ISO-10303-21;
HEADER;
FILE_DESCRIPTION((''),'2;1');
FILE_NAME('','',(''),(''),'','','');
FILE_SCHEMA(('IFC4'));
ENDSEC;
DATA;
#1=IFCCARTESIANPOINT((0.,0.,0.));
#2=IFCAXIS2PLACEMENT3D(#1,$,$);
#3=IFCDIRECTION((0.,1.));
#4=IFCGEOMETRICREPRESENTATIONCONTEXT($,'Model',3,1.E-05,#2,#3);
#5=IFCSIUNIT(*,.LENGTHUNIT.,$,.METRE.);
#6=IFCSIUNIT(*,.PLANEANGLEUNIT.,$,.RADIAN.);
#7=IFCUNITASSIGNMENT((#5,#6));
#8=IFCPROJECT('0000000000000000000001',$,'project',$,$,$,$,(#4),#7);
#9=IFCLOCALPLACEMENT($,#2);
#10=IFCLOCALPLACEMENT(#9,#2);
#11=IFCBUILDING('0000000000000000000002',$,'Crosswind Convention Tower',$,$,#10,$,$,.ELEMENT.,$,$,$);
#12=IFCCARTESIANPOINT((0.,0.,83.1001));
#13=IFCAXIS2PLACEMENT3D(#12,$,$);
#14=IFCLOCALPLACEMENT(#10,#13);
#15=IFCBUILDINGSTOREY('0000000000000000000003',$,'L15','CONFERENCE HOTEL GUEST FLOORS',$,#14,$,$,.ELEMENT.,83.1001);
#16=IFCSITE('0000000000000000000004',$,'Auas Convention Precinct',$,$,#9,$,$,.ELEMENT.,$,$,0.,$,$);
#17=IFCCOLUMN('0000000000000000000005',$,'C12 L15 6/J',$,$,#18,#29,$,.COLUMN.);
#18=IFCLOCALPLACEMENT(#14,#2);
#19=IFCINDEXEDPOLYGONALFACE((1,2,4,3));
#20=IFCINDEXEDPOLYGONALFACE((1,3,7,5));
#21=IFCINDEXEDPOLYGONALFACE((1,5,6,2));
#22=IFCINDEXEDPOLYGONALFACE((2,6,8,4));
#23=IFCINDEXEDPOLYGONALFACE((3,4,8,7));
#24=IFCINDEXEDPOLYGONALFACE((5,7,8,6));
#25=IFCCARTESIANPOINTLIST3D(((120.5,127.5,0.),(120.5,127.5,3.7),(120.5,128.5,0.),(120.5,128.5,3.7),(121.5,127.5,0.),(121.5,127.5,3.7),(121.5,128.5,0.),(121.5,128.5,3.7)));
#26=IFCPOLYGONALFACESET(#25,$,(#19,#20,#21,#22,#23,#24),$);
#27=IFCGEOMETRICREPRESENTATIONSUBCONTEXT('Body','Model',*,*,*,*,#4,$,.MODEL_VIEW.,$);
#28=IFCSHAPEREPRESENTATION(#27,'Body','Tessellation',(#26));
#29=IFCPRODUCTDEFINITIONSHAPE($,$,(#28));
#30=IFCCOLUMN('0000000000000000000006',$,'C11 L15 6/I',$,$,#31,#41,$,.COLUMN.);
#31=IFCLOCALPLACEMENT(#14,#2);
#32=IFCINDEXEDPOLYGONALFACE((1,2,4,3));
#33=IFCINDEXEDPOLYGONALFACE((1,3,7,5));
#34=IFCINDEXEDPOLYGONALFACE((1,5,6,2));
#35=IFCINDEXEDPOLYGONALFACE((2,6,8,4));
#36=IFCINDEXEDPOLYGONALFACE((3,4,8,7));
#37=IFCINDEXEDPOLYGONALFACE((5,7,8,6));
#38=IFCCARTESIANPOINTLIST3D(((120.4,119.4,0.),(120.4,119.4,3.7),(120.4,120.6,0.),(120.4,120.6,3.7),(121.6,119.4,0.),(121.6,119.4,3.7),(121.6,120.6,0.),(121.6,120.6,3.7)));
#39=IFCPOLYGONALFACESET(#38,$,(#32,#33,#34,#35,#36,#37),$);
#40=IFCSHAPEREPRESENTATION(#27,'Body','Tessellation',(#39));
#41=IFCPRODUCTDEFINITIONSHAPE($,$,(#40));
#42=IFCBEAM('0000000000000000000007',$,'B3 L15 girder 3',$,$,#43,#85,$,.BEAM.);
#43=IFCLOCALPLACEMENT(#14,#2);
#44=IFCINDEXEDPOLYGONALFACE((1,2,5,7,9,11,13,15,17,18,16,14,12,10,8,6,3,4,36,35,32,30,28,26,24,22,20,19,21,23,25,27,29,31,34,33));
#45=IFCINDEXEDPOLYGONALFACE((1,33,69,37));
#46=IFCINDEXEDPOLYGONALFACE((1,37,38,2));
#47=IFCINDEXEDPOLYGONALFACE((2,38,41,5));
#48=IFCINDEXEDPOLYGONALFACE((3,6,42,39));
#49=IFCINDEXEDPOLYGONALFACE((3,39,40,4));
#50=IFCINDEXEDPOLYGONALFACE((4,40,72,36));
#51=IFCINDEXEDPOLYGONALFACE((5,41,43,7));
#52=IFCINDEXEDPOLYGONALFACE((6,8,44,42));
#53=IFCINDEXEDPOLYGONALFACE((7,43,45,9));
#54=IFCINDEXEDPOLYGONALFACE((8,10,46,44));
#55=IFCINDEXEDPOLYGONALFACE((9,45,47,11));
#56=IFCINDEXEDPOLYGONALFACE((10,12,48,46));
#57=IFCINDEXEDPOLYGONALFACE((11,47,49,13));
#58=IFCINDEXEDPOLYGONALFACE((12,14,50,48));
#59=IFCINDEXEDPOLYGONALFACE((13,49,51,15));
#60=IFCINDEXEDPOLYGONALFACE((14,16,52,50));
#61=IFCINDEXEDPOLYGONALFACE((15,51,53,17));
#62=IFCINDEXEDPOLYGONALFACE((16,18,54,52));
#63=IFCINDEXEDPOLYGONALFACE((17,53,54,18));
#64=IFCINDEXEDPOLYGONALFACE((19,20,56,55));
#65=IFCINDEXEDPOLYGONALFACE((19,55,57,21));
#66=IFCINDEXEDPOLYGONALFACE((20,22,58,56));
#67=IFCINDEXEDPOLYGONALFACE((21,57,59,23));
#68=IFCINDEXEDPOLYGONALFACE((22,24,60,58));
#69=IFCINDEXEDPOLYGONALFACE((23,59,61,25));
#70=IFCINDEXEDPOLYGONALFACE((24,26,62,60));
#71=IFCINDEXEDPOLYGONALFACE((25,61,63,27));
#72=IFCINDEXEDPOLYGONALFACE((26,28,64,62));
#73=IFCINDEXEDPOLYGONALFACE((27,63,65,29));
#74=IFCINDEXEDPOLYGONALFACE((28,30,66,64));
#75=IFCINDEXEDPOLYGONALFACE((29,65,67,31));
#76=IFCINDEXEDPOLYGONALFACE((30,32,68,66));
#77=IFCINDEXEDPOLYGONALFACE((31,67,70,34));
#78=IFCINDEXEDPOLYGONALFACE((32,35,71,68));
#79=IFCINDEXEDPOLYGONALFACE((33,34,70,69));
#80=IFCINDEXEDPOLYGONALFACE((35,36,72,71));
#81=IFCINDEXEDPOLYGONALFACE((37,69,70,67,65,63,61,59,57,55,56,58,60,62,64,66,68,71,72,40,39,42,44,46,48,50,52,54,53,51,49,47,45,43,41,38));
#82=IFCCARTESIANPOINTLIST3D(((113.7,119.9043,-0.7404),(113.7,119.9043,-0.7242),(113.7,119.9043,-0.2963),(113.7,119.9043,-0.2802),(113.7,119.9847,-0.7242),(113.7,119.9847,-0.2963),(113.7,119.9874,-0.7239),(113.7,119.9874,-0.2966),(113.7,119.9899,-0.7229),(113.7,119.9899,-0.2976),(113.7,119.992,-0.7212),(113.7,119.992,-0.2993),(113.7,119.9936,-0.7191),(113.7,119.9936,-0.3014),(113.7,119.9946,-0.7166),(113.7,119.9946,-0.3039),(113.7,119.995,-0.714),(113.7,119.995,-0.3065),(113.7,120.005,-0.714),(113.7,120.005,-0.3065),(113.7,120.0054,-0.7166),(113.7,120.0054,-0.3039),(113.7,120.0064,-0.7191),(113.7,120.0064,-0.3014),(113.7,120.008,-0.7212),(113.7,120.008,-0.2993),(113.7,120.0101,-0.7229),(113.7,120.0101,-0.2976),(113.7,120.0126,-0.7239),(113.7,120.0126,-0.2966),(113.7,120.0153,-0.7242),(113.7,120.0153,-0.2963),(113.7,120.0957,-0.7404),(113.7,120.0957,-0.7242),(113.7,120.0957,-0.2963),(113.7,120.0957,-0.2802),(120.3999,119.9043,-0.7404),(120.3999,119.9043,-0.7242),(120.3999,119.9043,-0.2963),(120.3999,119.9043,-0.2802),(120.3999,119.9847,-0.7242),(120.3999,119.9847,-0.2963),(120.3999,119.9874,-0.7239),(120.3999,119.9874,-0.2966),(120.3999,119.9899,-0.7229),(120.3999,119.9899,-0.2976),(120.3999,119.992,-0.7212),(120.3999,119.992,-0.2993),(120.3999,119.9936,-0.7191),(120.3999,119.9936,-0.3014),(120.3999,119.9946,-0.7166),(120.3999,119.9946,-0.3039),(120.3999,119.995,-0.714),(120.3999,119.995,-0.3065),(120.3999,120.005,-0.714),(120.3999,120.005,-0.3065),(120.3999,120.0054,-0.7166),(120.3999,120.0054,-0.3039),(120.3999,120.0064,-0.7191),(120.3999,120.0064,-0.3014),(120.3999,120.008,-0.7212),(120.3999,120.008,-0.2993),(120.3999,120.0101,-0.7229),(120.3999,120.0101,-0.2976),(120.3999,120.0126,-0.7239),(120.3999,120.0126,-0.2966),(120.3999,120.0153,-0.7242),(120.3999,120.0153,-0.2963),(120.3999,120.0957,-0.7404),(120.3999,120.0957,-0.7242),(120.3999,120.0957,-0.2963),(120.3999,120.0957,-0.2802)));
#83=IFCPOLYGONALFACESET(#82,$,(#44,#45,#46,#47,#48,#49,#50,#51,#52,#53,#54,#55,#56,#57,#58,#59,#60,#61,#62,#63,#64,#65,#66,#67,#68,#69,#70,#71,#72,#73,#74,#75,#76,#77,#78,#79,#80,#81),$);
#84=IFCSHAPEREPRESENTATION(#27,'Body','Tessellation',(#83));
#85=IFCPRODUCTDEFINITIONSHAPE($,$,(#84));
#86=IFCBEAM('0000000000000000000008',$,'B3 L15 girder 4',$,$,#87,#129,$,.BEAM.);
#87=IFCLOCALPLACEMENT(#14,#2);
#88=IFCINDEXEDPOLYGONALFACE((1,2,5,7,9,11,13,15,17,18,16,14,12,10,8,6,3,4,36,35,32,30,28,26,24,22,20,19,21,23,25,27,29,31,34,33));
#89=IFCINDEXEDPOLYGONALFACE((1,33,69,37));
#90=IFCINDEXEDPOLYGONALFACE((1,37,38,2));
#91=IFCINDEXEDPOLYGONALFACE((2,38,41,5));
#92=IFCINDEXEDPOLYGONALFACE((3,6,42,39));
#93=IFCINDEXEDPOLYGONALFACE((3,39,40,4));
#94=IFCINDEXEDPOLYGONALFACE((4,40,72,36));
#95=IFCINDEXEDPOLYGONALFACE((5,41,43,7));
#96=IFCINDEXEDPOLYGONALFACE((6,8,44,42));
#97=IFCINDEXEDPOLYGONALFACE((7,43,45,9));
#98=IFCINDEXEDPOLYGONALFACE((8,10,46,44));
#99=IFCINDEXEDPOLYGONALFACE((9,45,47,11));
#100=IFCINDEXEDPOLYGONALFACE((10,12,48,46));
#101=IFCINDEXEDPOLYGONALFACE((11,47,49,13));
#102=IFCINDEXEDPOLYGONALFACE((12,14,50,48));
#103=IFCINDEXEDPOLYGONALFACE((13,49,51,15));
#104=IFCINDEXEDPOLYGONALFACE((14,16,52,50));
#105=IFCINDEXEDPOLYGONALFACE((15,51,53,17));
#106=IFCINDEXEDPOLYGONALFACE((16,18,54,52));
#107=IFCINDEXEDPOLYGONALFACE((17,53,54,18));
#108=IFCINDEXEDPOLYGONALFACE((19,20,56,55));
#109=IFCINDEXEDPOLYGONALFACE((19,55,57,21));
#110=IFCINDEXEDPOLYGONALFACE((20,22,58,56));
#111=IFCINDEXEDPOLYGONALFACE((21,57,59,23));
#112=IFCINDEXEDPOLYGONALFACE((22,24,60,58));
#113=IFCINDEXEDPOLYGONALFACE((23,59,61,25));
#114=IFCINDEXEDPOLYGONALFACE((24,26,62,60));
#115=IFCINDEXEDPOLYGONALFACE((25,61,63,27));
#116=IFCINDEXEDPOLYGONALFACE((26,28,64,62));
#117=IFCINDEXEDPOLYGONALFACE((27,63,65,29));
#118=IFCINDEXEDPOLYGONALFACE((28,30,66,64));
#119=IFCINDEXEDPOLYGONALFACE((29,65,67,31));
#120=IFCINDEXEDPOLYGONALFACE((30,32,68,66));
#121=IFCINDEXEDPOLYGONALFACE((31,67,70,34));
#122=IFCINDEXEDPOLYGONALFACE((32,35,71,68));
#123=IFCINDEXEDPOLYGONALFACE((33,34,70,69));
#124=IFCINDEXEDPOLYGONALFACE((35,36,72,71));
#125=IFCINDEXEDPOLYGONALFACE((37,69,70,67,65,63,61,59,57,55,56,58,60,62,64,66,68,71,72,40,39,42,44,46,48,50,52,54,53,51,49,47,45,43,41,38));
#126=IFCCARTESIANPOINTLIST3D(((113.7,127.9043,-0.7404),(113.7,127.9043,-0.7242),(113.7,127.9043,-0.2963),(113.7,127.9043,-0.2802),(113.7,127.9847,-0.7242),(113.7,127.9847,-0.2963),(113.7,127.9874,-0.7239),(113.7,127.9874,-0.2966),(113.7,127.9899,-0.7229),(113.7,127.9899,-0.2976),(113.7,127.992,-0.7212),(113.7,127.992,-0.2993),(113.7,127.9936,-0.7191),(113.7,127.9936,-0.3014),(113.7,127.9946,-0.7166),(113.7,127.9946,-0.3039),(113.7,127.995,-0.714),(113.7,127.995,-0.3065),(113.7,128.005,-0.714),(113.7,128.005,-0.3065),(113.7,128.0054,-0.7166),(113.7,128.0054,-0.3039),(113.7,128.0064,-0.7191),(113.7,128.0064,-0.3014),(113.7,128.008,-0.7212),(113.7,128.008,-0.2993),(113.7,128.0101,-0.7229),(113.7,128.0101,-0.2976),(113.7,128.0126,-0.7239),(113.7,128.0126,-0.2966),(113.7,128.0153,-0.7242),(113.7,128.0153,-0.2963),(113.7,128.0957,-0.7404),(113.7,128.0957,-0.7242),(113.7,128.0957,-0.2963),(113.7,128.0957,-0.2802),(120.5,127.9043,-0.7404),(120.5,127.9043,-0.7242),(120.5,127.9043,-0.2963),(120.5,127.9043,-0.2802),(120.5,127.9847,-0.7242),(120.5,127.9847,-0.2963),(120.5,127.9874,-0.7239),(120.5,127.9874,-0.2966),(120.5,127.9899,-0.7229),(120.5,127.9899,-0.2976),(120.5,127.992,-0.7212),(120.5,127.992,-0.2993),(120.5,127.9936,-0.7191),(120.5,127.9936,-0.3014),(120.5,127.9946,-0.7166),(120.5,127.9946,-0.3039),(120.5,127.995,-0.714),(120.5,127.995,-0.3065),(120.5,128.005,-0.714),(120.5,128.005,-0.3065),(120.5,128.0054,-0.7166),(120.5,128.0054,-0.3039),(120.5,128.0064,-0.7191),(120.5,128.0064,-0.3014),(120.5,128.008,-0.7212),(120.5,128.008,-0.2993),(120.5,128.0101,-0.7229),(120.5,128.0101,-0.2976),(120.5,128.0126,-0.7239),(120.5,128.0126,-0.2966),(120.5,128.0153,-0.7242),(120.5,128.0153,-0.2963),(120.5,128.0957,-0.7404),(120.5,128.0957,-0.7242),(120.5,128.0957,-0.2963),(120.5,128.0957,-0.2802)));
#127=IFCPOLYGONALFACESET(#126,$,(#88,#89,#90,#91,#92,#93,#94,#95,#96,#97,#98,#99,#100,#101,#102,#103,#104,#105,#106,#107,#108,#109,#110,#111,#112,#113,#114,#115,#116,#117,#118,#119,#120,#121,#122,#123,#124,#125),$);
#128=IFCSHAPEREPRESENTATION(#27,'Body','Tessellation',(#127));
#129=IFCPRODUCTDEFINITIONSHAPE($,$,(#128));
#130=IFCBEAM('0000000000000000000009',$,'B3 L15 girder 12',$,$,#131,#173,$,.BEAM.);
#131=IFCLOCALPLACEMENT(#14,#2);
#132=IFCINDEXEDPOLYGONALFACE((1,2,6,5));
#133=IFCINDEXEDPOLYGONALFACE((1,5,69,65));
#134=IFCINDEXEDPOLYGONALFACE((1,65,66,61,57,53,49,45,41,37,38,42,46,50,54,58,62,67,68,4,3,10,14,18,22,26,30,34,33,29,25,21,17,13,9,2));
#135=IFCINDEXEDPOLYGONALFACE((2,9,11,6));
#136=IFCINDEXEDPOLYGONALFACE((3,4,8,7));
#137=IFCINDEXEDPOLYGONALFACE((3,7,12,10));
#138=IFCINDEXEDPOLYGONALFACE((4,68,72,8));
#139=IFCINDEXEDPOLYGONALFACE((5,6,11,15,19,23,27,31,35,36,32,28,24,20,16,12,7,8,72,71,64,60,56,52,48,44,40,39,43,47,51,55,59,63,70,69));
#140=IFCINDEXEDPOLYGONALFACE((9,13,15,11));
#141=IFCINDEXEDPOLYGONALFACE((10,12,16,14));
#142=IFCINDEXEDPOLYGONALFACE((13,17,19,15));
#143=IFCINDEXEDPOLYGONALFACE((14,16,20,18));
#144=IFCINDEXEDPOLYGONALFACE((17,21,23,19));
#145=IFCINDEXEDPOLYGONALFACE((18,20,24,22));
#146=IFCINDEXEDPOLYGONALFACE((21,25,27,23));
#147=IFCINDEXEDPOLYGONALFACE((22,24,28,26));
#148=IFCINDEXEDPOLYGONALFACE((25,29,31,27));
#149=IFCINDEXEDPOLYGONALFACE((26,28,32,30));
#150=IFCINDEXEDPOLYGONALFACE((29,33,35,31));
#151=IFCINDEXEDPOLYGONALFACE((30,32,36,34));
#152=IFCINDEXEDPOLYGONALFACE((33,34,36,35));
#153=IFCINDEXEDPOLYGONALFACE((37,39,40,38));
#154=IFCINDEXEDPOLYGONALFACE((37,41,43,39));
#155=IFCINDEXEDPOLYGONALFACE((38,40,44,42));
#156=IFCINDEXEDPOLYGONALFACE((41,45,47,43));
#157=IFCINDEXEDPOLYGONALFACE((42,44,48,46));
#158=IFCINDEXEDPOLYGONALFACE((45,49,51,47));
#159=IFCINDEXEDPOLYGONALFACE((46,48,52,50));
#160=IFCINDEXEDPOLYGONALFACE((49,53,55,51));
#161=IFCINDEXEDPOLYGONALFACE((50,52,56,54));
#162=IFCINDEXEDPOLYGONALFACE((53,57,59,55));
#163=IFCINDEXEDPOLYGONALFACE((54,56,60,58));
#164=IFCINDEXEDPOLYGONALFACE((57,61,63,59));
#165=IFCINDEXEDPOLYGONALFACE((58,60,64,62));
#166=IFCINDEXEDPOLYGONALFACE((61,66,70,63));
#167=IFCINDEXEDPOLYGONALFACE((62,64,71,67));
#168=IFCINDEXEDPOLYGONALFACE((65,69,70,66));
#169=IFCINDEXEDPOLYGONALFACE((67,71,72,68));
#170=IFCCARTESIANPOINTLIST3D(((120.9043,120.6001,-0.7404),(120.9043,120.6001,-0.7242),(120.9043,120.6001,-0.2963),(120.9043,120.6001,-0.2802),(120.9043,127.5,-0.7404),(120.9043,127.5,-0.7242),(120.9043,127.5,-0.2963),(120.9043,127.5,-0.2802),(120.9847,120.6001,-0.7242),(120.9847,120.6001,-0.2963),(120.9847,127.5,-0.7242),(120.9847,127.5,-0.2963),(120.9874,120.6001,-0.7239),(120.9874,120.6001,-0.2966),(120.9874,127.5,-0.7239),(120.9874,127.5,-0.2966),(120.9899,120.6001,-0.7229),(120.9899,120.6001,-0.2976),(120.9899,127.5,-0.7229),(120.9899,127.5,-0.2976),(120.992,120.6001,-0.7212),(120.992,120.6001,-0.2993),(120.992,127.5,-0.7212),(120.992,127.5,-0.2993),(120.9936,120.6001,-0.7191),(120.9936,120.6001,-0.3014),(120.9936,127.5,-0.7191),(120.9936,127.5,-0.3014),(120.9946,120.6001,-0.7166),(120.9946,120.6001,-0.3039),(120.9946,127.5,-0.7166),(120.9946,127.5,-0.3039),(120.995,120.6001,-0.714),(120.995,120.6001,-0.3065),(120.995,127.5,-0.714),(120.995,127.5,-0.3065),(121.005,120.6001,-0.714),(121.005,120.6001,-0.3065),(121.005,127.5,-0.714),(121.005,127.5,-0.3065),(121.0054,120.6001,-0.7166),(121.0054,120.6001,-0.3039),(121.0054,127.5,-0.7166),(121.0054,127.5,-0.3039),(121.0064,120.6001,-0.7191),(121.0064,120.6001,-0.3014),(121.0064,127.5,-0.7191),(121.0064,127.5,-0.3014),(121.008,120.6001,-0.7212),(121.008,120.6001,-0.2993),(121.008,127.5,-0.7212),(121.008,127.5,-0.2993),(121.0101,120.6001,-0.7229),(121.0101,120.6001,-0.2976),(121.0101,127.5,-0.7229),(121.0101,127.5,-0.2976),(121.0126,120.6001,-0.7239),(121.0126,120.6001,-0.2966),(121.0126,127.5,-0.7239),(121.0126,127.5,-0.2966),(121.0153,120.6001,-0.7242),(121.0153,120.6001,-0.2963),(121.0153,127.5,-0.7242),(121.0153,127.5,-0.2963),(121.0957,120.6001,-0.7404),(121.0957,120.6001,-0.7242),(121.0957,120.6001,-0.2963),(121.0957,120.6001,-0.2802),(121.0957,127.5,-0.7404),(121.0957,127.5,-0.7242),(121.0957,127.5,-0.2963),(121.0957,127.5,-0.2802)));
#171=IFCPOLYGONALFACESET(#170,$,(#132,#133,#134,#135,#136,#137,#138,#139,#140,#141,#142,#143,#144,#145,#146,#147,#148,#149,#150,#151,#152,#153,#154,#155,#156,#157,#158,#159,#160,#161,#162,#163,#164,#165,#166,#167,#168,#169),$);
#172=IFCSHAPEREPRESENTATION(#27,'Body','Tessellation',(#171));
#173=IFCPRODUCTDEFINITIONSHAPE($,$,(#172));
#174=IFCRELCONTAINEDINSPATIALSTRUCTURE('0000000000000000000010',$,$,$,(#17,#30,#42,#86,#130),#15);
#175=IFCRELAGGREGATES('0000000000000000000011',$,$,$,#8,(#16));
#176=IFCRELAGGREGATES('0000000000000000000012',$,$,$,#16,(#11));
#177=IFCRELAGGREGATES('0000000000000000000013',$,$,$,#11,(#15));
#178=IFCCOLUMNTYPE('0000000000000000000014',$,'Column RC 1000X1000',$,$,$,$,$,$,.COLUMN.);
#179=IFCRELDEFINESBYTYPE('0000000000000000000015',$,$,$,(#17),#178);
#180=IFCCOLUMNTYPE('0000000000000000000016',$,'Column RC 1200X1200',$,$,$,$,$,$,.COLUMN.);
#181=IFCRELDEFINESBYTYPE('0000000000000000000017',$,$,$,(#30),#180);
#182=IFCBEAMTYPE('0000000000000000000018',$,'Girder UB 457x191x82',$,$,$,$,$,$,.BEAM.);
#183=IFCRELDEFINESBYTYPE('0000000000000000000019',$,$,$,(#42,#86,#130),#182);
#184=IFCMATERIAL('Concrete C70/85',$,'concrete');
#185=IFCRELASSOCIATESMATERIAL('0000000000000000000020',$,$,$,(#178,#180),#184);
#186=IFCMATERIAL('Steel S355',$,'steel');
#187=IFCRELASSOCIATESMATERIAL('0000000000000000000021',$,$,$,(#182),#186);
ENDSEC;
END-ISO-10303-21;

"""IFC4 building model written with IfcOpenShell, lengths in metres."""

from ifc_helpers import new_model, si_unit, direction, frame, origin, origin_2d, place, context, subcontext, project, spatial, rectangle, i_section, extrude, material, material_profile, profile_set, type_object, element, save


model = new_model("IFC4")

# Units and contexts
model_context = context("Model", 3, precision=1e-05, world=origin(), true_north=direction((0.0, 1.0)))
body_context = subcontext(model_context, "Body", "Model", "MODEL_VIEW")
ifc_project = project(units=[si_unit("LENGTHUNIT", "METRE"), si_unit("PLANEANGLEUNIT", "RADIAN")], contexts=[model_context])

# Site, building, storey
site_placement = place(None, origin())
site = spatial("IfcSite", under=ifc_project, at=site_placement, Name="Auas Convention Precinct", CompositionType="ELEMENT", RefElevation=0.0)
building_placement = place(site_placement, origin())
building = spatial("IfcBuilding", under=site, at=building_placement, Name="Crosswind Convention Tower", CompositionType="ELEMENT")
storey_placement = place(building_placement, frame((0.0, 0.0, 83.1001)))
storey = spatial("IfcBuildingStorey", under=building, at=storey_placement, Name="L15", Description="CONFERENCE HOTEL GUEST FLOORS", CompositionType="ELEMENT", Elevation=83.1001)

# Columns
ifc_material_1 = material(Name="Concrete C70/85", Category="concrete")
ifc_material_profile_1 = material_profile(ifc_material_1, rectangle(XDim=1.0, YDim=1.0, at=origin_2d()), Name="RC 1000X1000")
ifc_profile_set_1 = profile_set([ifc_material_profile_1], Name="Concrete C70/85")
column_type_1 = type_object("IfcColumnType", Name="Column RC 1000X1000", PredefinedType="COLUMN", material=ifc_profile_set_1)
column_1_placement = place(storey_placement, frame((121.0, 128.0, 0.0), z_axis=(0.0, 0.0, 1.0), x_axis=(1.0, 0.0, 0.0)))
element("IfcColumn", 1, at=column_1_placement, inside=storey, type_object=column_type_1, Name="C12 L15 6/J", PredefinedType="COLUMN", context=body_context, shape_type="SweptSolid", body=[
    extrude(rectangle(XDim=1.0, YDim=1.0, at=origin_2d()), origin(), (0.0, 0.0, 1.0), 3.7),
])
ifc_material_profile_2 = material_profile(ifc_material_1, rectangle(XDim=1.2, YDim=1.2, at=origin_2d()), Name="RC 1200X1200")
ifc_profile_set_2 = profile_set([ifc_material_profile_2], Name="Concrete C70/85")
column_type_2 = type_object("IfcColumnType", Name="Column RC 1200X1200", PredefinedType="COLUMN", material=ifc_profile_set_2)
column_2_placement = place(storey_placement, frame((121.0, 120.0, 0.0), z_axis=(0.0, 0.0, 1.0), x_axis=(1.0, 0.0, 0.0)))
element("IfcColumn", 2, at=column_2_placement, inside=storey, type_object=column_type_2, Name="C11 L15 6/I", PredefinedType="COLUMN", context=body_context, shape_type="SweptSolid", body=[
    extrude(rectangle(XDim=1.2, YDim=1.2, at=origin_2d()), origin(), (0.0, 0.0, 1.0), 3.7),
])

# Beams
ifc_material_2 = material(Name="Steel S355", Category="steel")
ifc_material_profile_3 = material_profile(ifc_material_2, i_section(OverallWidth=0.1914, OverallDepth=0.4602, WebThickness=0.01, FlangeThickness=0.0161, FilletRadius=0.0103, at=origin_2d()), Name="UB 457x191x82")
ifc_profile_set_3 = profile_set([ifc_material_profile_3], Name="Steel S355")
beam_type_1 = type_object("IfcBeamType", Name="Girder UB 457x191x82", PredefinedType="BEAM", material=ifc_profile_set_3)
beam_1_placement = place(storey_placement, frame((113.7, 120.0, -0.5103), z_axis=(1.0, 0.0, 0.0), x_axis=(0.0, 1.0, 0.0)))
element("IfcBeam", 3, at=beam_1_placement, inside=storey, type_object=beam_type_1, Name="B3 L15 girder 3", PredefinedType="BEAM", context=body_context, shape_type="SweptSolid", body=[
    extrude(i_section(OverallWidth=0.1914, OverallDepth=0.4602, WebThickness=0.01, FlangeThickness=0.0161, FilletRadius=0.0103, at=origin_2d()), origin(), (0.0, 0.0, 1.0), 6.7),
])
beam_2_placement = place(storey_placement, frame((113.7, 128.0, -0.5103), z_axis=(1.0, 0.0, 0.0), x_axis=(0.0, 1.0, 0.0)))
element("IfcBeam", 4, at=beam_2_placement, inside=storey, type_object=beam_type_1, Name="B3 L15 girder 4", PredefinedType="BEAM", context=body_context, shape_type="SweptSolid", body=[
    extrude(i_section(OverallWidth=0.1914, OverallDepth=0.4602, WebThickness=0.01, FlangeThickness=0.0161, FilletRadius=0.0103, at=origin_2d()), origin(), (0.0, 0.0, 1.0), 6.8),
])
beam_3_placement = place(storey_placement, frame((121.0, 120.6001, -0.5103), z_axis=(0.0, 1.0, 0.0), x_axis=(-1.0, 0.0, 0.0)))
element("IfcBeam", 5, at=beam_3_placement, inside=storey, type_object=beam_type_1, Name="B3 L15 girder 12", PredefinedType="BEAM", context=body_context, shape_type="SweptSolid", body=[
    extrude(i_section(OverallWidth=0.1914, OverallDepth=0.4602, WebThickness=0.01, FlangeThickness=0.0161, FilletRadius=0.0103, at=origin_2d()), origin(), (0.0, 0.0, 1.0), 6.8999),
])

save(model, "model.ifc")
